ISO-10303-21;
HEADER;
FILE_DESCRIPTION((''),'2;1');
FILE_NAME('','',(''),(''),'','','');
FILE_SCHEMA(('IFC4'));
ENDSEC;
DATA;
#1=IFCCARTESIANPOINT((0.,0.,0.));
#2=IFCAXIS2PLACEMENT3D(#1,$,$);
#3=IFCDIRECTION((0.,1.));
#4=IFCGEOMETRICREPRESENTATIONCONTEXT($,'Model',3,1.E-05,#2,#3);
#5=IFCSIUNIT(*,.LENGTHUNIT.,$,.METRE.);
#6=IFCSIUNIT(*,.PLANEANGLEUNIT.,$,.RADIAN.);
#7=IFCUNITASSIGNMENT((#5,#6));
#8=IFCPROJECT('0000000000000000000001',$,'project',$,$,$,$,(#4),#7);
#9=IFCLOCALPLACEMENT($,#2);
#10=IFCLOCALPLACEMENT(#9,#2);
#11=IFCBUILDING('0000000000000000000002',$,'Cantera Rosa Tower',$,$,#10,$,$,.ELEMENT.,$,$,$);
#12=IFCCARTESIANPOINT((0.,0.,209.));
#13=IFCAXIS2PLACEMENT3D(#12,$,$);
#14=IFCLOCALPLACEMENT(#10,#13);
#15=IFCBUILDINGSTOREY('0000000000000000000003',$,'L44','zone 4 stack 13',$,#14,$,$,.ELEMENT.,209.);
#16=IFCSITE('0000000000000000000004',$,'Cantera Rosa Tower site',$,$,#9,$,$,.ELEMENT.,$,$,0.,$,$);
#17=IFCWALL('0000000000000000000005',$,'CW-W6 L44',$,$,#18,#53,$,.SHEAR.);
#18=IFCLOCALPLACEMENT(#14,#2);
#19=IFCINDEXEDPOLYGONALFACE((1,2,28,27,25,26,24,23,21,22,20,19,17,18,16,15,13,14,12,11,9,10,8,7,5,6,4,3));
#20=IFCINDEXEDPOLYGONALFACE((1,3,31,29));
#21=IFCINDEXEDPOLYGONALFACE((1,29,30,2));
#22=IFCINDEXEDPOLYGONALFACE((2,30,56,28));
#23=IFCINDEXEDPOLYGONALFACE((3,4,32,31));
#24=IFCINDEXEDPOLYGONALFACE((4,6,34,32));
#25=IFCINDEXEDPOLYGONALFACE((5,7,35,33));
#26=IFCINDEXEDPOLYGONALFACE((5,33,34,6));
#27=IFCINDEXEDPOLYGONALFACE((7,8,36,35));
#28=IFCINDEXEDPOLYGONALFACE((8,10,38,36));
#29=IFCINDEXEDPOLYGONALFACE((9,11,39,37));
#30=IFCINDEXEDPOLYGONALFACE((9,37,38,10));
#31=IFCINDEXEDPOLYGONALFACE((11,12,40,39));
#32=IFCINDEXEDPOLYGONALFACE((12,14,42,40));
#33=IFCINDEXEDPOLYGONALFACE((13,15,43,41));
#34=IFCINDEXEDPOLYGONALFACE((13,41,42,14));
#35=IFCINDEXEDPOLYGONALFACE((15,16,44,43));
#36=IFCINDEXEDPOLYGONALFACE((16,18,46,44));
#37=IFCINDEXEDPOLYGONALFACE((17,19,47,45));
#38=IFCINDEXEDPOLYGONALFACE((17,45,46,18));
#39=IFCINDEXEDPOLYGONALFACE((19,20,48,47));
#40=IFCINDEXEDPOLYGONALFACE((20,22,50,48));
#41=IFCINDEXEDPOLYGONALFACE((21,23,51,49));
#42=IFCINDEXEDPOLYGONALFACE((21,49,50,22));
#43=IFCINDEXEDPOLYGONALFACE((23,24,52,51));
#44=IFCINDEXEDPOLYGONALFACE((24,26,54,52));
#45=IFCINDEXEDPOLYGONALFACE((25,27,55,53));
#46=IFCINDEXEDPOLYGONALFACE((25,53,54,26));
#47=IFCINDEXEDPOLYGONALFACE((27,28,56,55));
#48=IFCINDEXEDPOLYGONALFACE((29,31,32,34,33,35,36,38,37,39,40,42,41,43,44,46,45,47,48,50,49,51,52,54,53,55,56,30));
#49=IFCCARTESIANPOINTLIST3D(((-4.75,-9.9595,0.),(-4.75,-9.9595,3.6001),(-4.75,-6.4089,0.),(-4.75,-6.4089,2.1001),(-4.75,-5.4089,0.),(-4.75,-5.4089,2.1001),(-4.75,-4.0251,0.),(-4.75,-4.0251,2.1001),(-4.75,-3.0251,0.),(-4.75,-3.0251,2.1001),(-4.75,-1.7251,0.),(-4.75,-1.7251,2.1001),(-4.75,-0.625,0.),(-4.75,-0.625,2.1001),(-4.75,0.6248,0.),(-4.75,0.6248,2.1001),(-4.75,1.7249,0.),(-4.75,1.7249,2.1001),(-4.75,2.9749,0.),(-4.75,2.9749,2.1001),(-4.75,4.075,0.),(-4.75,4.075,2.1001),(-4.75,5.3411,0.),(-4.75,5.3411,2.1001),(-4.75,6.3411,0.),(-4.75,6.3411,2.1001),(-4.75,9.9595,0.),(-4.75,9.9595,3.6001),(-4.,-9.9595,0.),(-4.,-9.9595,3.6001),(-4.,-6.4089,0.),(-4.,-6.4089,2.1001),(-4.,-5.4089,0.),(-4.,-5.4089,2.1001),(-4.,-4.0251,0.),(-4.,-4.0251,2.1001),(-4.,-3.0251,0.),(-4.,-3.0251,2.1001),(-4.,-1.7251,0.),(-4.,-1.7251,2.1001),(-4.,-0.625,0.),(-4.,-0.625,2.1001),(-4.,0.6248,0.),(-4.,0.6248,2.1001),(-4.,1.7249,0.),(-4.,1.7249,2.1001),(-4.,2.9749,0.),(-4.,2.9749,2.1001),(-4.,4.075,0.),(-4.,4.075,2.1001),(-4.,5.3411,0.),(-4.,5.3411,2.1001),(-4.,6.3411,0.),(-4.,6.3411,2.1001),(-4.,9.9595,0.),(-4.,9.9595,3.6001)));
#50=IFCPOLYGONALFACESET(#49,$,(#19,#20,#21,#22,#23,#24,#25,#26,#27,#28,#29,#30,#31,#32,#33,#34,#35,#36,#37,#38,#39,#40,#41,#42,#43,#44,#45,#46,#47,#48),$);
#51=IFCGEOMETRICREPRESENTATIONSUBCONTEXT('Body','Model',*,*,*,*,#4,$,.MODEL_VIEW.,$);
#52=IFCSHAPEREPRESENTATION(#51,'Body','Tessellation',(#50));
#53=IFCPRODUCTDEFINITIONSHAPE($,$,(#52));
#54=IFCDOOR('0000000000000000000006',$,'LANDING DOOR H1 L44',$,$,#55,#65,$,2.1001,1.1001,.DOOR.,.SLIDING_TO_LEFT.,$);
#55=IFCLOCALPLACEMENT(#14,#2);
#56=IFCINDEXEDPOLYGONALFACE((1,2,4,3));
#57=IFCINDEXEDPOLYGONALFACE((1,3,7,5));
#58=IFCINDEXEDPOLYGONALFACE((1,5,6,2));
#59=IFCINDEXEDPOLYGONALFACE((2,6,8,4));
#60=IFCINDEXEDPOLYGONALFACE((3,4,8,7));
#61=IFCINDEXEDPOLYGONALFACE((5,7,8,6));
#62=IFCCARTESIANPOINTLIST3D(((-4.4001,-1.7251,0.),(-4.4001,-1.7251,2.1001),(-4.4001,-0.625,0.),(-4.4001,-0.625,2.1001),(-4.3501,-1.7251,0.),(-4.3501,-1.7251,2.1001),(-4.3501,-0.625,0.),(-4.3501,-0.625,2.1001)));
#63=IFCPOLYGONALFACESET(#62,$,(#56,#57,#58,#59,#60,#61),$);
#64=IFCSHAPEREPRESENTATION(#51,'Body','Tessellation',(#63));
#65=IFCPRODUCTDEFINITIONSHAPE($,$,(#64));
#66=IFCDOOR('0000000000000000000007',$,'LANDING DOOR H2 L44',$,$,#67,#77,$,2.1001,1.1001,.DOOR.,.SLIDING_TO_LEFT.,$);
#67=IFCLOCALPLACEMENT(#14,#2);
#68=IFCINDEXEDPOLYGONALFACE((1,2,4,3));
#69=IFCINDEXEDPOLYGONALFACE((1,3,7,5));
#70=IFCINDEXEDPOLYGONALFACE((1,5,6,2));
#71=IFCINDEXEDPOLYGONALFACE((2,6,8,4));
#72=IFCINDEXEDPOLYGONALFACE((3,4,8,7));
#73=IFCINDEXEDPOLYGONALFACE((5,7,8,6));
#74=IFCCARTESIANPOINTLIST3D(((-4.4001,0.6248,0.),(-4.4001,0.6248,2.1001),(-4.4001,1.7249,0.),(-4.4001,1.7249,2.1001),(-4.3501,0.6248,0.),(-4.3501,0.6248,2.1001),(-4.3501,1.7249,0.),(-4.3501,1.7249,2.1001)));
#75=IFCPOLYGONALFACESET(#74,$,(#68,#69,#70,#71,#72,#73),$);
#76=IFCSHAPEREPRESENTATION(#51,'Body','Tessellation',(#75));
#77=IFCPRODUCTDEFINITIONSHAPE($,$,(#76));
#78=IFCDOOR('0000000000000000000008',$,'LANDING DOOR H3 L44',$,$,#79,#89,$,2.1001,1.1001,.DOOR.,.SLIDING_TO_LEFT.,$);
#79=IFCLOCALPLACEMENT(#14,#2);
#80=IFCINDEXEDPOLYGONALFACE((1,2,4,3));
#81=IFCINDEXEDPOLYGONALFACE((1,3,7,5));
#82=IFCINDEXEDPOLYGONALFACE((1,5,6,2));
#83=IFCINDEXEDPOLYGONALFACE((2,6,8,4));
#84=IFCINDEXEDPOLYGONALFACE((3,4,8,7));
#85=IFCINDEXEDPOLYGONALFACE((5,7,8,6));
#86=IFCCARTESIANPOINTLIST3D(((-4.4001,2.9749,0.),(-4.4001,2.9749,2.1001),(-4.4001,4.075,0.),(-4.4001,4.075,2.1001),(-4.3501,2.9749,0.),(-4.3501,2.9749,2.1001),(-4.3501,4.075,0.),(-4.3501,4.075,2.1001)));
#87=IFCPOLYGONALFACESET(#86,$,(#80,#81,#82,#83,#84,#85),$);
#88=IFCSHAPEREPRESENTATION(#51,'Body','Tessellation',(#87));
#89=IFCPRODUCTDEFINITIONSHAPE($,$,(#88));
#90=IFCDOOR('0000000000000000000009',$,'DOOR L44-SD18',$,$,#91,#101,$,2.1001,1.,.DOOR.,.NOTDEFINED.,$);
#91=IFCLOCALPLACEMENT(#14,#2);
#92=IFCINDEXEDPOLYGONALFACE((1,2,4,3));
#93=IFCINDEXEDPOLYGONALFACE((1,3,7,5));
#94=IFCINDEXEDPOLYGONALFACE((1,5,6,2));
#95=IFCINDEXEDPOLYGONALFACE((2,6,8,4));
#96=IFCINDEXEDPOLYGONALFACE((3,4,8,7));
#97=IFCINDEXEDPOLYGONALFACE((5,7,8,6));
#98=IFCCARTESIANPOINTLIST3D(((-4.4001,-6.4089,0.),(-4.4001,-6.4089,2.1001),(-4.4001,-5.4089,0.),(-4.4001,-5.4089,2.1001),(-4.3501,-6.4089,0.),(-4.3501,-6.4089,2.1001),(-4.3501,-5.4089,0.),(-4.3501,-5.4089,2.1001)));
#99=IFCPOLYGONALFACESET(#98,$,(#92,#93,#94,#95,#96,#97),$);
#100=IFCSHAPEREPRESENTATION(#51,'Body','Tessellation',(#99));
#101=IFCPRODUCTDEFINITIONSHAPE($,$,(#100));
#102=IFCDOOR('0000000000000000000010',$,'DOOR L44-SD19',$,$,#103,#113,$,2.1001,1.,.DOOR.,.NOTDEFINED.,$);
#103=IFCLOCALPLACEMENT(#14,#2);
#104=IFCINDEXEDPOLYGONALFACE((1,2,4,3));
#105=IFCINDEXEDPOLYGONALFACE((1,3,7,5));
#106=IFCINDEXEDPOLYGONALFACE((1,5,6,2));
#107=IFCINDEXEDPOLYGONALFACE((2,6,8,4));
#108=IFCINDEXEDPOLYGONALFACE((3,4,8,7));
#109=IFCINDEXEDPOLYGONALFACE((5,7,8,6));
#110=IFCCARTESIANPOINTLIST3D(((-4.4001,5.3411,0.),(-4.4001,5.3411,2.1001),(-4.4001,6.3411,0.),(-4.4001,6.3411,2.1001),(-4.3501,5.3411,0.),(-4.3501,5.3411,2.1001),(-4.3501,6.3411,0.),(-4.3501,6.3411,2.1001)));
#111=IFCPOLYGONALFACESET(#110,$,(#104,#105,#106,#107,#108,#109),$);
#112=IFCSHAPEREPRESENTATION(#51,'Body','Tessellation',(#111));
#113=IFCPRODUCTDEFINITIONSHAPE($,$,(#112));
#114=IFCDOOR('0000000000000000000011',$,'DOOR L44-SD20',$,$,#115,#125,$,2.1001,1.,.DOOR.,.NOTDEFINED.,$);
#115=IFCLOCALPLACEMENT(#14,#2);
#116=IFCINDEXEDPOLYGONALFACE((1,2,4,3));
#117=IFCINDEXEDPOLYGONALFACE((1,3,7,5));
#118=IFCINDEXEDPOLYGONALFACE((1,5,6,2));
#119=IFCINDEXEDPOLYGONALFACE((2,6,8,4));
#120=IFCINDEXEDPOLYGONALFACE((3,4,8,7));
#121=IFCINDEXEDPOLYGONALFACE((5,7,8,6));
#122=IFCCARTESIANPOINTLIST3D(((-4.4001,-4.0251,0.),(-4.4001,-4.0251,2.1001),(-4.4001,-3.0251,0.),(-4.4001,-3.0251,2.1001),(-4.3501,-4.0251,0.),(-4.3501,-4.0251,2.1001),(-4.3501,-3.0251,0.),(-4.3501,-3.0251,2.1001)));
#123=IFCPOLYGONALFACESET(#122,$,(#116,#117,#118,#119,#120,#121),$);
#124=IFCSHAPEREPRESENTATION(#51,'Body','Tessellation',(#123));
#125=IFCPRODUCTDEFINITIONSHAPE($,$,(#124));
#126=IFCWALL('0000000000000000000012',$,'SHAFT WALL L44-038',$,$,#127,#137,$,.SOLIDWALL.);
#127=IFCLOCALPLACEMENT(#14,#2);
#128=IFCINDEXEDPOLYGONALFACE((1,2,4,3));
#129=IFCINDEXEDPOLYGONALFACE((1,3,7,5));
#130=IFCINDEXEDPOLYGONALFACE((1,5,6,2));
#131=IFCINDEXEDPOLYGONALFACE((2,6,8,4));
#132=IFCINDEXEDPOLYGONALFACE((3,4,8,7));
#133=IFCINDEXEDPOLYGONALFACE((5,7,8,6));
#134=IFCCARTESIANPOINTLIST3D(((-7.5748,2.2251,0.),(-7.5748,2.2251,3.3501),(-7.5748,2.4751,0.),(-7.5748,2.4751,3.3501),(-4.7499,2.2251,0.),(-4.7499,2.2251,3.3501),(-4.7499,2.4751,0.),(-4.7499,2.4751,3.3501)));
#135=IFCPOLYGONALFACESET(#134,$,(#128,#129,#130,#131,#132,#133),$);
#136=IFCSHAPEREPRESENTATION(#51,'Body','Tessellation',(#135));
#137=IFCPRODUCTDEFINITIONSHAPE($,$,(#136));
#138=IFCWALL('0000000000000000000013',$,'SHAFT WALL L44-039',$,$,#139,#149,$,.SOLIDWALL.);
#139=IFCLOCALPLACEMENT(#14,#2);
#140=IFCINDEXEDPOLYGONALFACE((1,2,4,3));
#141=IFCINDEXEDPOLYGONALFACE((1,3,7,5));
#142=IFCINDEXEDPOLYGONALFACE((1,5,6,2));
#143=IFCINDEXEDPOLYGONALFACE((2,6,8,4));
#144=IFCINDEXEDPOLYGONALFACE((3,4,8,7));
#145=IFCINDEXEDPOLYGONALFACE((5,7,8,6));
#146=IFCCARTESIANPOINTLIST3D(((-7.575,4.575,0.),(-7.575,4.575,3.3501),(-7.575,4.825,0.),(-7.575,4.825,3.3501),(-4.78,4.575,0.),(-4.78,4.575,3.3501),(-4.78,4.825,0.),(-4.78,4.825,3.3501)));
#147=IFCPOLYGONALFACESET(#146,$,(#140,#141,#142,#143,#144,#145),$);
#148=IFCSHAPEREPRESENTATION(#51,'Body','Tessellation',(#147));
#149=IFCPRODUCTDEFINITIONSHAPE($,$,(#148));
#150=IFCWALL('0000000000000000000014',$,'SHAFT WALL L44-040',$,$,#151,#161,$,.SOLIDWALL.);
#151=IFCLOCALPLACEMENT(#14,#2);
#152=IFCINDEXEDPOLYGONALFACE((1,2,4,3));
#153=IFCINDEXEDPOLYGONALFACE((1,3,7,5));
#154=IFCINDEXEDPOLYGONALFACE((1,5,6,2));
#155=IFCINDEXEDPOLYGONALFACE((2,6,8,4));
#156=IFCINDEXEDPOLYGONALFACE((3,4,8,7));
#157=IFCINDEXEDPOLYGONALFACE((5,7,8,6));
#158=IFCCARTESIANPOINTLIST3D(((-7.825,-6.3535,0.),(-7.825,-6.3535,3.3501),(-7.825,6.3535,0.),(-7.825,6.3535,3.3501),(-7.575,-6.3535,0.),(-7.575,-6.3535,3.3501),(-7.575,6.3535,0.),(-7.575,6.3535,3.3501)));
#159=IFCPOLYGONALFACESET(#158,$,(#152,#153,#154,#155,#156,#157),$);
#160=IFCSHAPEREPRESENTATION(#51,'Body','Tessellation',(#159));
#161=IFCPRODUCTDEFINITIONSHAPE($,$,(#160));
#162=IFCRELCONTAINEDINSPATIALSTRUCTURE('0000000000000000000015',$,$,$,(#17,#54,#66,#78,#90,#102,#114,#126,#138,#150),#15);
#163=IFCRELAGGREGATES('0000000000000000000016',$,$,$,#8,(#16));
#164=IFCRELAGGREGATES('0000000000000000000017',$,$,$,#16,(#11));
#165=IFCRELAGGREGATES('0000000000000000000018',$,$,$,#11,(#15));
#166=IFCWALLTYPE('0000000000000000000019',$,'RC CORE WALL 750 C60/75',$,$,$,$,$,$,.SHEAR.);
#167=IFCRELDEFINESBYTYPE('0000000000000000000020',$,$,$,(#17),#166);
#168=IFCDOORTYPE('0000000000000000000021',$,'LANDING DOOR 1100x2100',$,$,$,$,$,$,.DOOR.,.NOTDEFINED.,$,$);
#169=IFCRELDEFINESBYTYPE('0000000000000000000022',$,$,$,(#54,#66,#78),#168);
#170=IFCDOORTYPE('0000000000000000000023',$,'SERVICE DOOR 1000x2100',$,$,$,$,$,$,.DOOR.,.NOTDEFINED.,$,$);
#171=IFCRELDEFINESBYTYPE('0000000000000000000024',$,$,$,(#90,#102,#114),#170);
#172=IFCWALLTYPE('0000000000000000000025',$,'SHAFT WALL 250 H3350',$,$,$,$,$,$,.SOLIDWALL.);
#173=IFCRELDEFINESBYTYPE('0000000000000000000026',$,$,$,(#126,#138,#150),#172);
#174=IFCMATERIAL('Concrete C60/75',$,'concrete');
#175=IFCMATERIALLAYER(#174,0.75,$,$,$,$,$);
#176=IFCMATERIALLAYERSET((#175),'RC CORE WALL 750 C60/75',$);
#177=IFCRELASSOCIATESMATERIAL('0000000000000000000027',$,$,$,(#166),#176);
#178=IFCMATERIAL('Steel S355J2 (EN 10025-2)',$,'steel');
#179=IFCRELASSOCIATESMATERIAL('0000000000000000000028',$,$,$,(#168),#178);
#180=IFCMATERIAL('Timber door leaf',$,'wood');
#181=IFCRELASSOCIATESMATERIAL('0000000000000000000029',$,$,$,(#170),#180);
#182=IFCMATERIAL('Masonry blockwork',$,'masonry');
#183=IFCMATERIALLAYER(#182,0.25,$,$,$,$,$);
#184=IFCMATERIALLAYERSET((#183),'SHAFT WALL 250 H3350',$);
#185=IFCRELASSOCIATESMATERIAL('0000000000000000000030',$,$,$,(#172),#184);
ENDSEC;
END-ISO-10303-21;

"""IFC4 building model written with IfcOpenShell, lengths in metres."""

from ifc_helpers import new_model, si_unit, direction, frame, frame_2d, origin, place, context, subcontext, project, spatial, rectangle, extrude, material, layer, layer_set, type_object, element, fill, save


model = new_model("IFC4")

# Units and contexts
model_context = context("Model", 3, precision=1e-05, world=origin(), true_north=direction((0.0, 1.0)))
body_context = subcontext(model_context, "Body", "Model", "MODEL_VIEW")
ifc_project = project(units=[si_unit("LENGTHUNIT", "METRE"), si_unit("PLANEANGLEUNIT", "RADIAN")], contexts=[model_context])

# Site, building, storey
site_placement = place(None, origin())
site = spatial("IfcSite", under=ifc_project, at=site_placement, Name="Cantera Rosa Tower site", CompositionType="ELEMENT", RefElevation=0.0)
building_placement = place(site_placement, origin())
building = spatial("IfcBuilding", under=site, at=building_placement, Name="Cantera Rosa Tower", CompositionType="ELEMENT")
storey_placement = place(building_placement, frame((0.0, 0.0, 209.0)))
storey = spatial("IfcBuildingStorey", under=building, at=storey_placement, Name="L44", Description="zone 4 stack 13", CompositionType="ELEMENT", Elevation=209.0)

# Shared definitions
ifc_material_1 = material(Name="Concrete C60/75", Category="concrete")
ifc_layer_1 = layer(ifc_material_1, 0.75)
ifc_layer_set_1 = layer_set([ifc_layer_1], Name="RC CORE WALL 750 C60/75")
wall_type_1 = type_object("IfcWallType", Name="RC CORE WALL 750 C60/75", PredefinedType="SHEAR", material=ifc_layer_set_1)

# Wall, openings, doors
wall_1_placement = place(storey_placement, frame((-4.375, 9.9595, 0.0), z_axis=(0.0, 0.0, 1.0), x_axis=(0.0, -1.0, 0.0)))
wall_1 = element("IfcWall", 1, at=wall_1_placement, inside=storey, type_object=wall_type_1, Name="CW-W6 L44", PredefinedType="SHEAR", context=body_context, shape_type="SweptSolid", body=[
    extrude(rectangle(XDim=19.9189, YDim=0.75, at=frame_2d((9.9595, 0.0))), origin(), (0.0, 0.0, 1.0), 3.6001),
])
opening_1_placement = place(wall_1_placement, frame((10.5845, 0.0, 0.0)))
opening_1 = element("IfcOpeningElement", 2, at=opening_1_placement, cuts=wall_1, PredefinedType="OPENING", context=body_context, shape_type="SweptSolid", body=[
    extrude(rectangle(XDim=1.1001, YDim=2.1001, at=frame_2d((0.55, 1.05))), frame((0.0, 0.385, 0.0), z_axis=(0.0, -1.0, 0.0), x_axis=(1.0, 0.0, 0.0)), (0.0, 0.0, 1.0), 0.77),
])
opening_2_placement = place(wall_1_placement, frame((8.2346, 0.0, 0.0)))
opening_2 = element("IfcOpeningElement", 3, at=opening_2_placement, cuts=wall_1, PredefinedType="OPENING", context=body_context, shape_type="SweptSolid", body=[
    extrude(rectangle(XDim=1.1001, YDim=2.1001, at=frame_2d((0.55, 1.05))), frame((0.0, 0.385, 0.0), z_axis=(0.0, -1.0, 0.0), x_axis=(1.0, 0.0, 0.0)), (0.0, 0.0, 1.0), 0.77),
])
opening_3_placement = place(wall_1_placement, frame((5.8845, 0.0, 0.0)))
opening_3 = element("IfcOpeningElement", 4, at=opening_3_placement, cuts=wall_1, PredefinedType="OPENING", context=body_context, shape_type="SweptSolid", body=[
    extrude(rectangle(XDim=1.1001, YDim=2.1001, at=frame_2d((0.55, 1.05))), frame((0.0, 0.385, 0.0), z_axis=(0.0, -1.0, 0.0), x_axis=(1.0, 0.0, 0.0)), (0.0, 0.0, 1.0), 0.77),
])
opening_4_placement = place(wall_1_placement, frame((15.3684, 0.0, 0.0)))
opening_4 = element("IfcOpeningElement", 5, at=opening_4_placement, cuts=wall_1, PredefinedType="OPENING", context=body_context, shape_type="SweptSolid", body=[
    extrude(rectangle(XDim=1.0, YDim=2.1001, at=frame_2d((0.5, 1.05))), frame((0.0, 0.385, 0.0), z_axis=(0.0, -1.0, 0.0), x_axis=(1.0, 0.0, 0.0)), (0.0, 0.0, 1.0), 0.77),
])
opening_5_placement = place(wall_1_placement, frame((3.6184, 0.0, 0.0)))
opening_5 = element("IfcOpeningElement", 6, at=opening_5_placement, cuts=wall_1, PredefinedType="OPENING", context=body_context, shape_type="SweptSolid", body=[
    extrude(rectangle(XDim=1.0, YDim=2.1001, at=frame_2d((0.5, 1.05))), frame((0.0, 0.385, 0.0), z_axis=(0.0, -1.0, 0.0), x_axis=(1.0, 0.0, 0.0)), (0.0, 0.0, 1.0), 0.77),
])
opening_6_placement = place(wall_1_placement, frame((12.9846, 0.0, 0.0)))
opening_6 = element("IfcOpeningElement", 7, at=opening_6_placement, cuts=wall_1, PredefinedType="OPENING", context=body_context, shape_type="SweptSolid", body=[
    extrude(rectangle(XDim=1.0, YDim=2.1001, at=frame_2d((0.5, 1.05))), frame((0.0, 0.385, 0.0), z_axis=(0.0, -1.0, 0.0), x_axis=(1.0, 0.0, 0.0)), (0.0, 0.0, 1.0), 0.77),
])
ifc_material_2 = material(Name="Steel S355J2 (EN 10025-2)", Category="steel")
door_type_1 = type_object("IfcDoorType", Name="LANDING DOOR 1100x2100", OperationType="NOTDEFINED", PredefinedType="DOOR", material=ifc_material_2)
door_1_placement = place(opening_1_placement, origin())
door_1 = element("IfcDoor", 8, at=door_1_placement, inside=storey, type_object=door_type_1, Name="LANDING DOOR H1 L44", OperationType="SLIDING_TO_LEFT", OverallHeight=2.1001, OverallWidth=1.1001, PredefinedType="DOOR", context=body_context, shape_type="SweptSolid", body=[
    extrude(rectangle(XDim=1.1001, YDim=2.1001, at=frame_2d((0.55, 1.05))), frame((0.0, 0.0249, 0.0), z_axis=(0.0, -1.0, 0.0), x_axis=(1.0, 0.0, 0.0)), (0.0, 0.0, 1.0), 0.05),
])
fill(opening_1, door_1)
door_2_placement = place(opening_2_placement, origin())
door_2 = element("IfcDoor", 9, at=door_2_placement, inside=storey, type_object=door_type_1, Name="LANDING DOOR H2 L44", OperationType="SLIDING_TO_LEFT", OverallHeight=2.1001, OverallWidth=1.1001, PredefinedType="DOOR", context=body_context, shape_type="SweptSolid", body=[
    extrude(rectangle(XDim=1.1001, YDim=2.1001, at=frame_2d((0.55, 1.05))), frame((0.0, 0.0249, 0.0), z_axis=(0.0, -1.0, 0.0), x_axis=(1.0, 0.0, 0.0)), (0.0, 0.0, 1.0), 0.05),
])
fill(opening_2, door_2)
door_3_placement = place(opening_3_placement, origin())
door_3 = element("IfcDoor", 10, at=door_3_placement, inside=storey, type_object=door_type_1, Name="LANDING DOOR H3 L44", OperationType="SLIDING_TO_LEFT", OverallHeight=2.1001, OverallWidth=1.1001, PredefinedType="DOOR", context=body_context, shape_type="SweptSolid", body=[
    extrude(rectangle(XDim=1.1001, YDim=2.1001, at=frame_2d((0.55, 1.05))), frame((0.0, 0.0249, 0.0), z_axis=(0.0, -1.0, 0.0), x_axis=(1.0, 0.0, 0.0)), (0.0, 0.0, 1.0), 0.05),
])
fill(opening_3, door_3)
ifc_material_3 = material(Name="Timber door leaf", Category="wood")
door_type_2 = type_object("IfcDoorType", Name="SERVICE DOOR 1000x2100", OperationType="NOTDEFINED", PredefinedType="DOOR", material=ifc_material_3)
door_4_placement = place(opening_4_placement, origin())
door_4 = element("IfcDoor", 11, at=door_4_placement, inside=storey, type_object=door_type_2, Name="DOOR L44-SD18", OperationType="NOTDEFINED", OverallHeight=2.1001, OverallWidth=1.0, PredefinedType="DOOR", context=body_context, shape_type="SweptSolid", body=[
    extrude(rectangle(XDim=1.0, YDim=2.1001, at=frame_2d((0.5, 1.05))), frame((0.0, 0.0249, 0.0), z_axis=(0.0, -1.0, 0.0), x_axis=(1.0, 0.0, 0.0)), (0.0, 0.0, 1.0), 0.05),
])
fill(opening_4, door_4)
door_5_placement = place(opening_5_placement, origin())
door_5 = element("IfcDoor", 12, at=door_5_placement, inside=storey, type_object=door_type_2, Name="DOOR L44-SD19", OperationType="NOTDEFINED", OverallHeight=2.1001, OverallWidth=1.0, PredefinedType="DOOR", context=body_context, shape_type="SweptSolid", body=[
    extrude(rectangle(XDim=1.0, YDim=2.1001, at=frame_2d((0.5, 1.05))), frame((0.0, 0.0249, 0.0), z_axis=(0.0, -1.0, 0.0), x_axis=(1.0, 0.0, 0.0)), (0.0, 0.0, 1.0), 0.05),
])
fill(opening_5, door_5)
door_6_placement = place(opening_6_placement, origin())
door_6 = element("IfcDoor", 13, at=door_6_placement, inside=storey, type_object=door_type_2, Name="DOOR L44-SD20", OperationType="NOTDEFINED", OverallHeight=2.1001, OverallWidth=1.0, PredefinedType="DOOR", context=body_context, shape_type="SweptSolid", body=[
    extrude(rectangle(XDim=1.0, YDim=2.1001, at=frame_2d((0.5, 1.05))), frame((0.0, 0.0249, 0.0), z_axis=(0.0, -1.0, 0.0), x_axis=(1.0, 0.0, 0.0)), (0.0, 0.0, 1.0), 0.05),
])
fill(opening_6, door_6)

# Walls
ifc_material_4 = material(Name="Masonry blockwork", Category="masonry")
ifc_layer_2 = layer(ifc_material_4, 0.25)
ifc_layer_set_2 = layer_set([ifc_layer_2], Name="SHAFT WALL 250 H3350")
wall_type_2 = type_object("IfcWallType", Name="SHAFT WALL 250 H3350", PredefinedType="SOLIDWALL", material=ifc_layer_set_2)
wall_2_placement = place(storey_placement, frame((-7.575, 2.3501, 0.0), z_axis=(0.0, 0.0, 1.0), x_axis=(1.0, 0.0, 0.0)))
element("IfcWall", 14, at=wall_2_placement, inside=storey, type_object=wall_type_2, Name="SHAFT WALL L44-038", PredefinedType="SOLIDWALL", context=body_context, shape_type="SweptSolid", body=[
    extrude(rectangle(XDim=2.825, YDim=0.25, at=frame_2d((1.4126, 0.0))), origin(), (0.0, 0.0, 1.0), 3.3501),
])
wall_3_placement = place(storey_placement, frame((-7.575, 4.7, 0.0), z_axis=(0.0, 0.0, 1.0), x_axis=(1.0, 0.0, 0.0)))
element("IfcWall", 15, at=wall_3_placement, inside=storey, type_object=wall_type_2, Name="SHAFT WALL L44-039", PredefinedType="SOLIDWALL", context=body_context, shape_type="SweptSolid", body=[
    extrude(rectangle(XDim=2.7949, YDim=0.25, at=frame_2d((1.3975, 0.0))), origin(), (0.0, 0.0, 1.0), 3.3501),
])
wall_4_placement = place(storey_placement, frame((-7.7, 6.3535, 0.0), z_axis=(0.0, 0.0, 1.0), x_axis=(0.0, -1.0, 0.0)))
element("IfcWall", 16, at=wall_4_placement, inside=storey, type_object=wall_type_2, Name="SHAFT WALL L44-040", PredefinedType="SOLIDWALL", context=body_context, shape_type="SweptSolid", body=[
    extrude(rectangle(XDim=12.707, YDim=0.25, at=frame_2d((6.3535, 0.0))), origin(), (0.0, 0.0, 1.0), 3.3501),
])

save(model, "model.ifc")
